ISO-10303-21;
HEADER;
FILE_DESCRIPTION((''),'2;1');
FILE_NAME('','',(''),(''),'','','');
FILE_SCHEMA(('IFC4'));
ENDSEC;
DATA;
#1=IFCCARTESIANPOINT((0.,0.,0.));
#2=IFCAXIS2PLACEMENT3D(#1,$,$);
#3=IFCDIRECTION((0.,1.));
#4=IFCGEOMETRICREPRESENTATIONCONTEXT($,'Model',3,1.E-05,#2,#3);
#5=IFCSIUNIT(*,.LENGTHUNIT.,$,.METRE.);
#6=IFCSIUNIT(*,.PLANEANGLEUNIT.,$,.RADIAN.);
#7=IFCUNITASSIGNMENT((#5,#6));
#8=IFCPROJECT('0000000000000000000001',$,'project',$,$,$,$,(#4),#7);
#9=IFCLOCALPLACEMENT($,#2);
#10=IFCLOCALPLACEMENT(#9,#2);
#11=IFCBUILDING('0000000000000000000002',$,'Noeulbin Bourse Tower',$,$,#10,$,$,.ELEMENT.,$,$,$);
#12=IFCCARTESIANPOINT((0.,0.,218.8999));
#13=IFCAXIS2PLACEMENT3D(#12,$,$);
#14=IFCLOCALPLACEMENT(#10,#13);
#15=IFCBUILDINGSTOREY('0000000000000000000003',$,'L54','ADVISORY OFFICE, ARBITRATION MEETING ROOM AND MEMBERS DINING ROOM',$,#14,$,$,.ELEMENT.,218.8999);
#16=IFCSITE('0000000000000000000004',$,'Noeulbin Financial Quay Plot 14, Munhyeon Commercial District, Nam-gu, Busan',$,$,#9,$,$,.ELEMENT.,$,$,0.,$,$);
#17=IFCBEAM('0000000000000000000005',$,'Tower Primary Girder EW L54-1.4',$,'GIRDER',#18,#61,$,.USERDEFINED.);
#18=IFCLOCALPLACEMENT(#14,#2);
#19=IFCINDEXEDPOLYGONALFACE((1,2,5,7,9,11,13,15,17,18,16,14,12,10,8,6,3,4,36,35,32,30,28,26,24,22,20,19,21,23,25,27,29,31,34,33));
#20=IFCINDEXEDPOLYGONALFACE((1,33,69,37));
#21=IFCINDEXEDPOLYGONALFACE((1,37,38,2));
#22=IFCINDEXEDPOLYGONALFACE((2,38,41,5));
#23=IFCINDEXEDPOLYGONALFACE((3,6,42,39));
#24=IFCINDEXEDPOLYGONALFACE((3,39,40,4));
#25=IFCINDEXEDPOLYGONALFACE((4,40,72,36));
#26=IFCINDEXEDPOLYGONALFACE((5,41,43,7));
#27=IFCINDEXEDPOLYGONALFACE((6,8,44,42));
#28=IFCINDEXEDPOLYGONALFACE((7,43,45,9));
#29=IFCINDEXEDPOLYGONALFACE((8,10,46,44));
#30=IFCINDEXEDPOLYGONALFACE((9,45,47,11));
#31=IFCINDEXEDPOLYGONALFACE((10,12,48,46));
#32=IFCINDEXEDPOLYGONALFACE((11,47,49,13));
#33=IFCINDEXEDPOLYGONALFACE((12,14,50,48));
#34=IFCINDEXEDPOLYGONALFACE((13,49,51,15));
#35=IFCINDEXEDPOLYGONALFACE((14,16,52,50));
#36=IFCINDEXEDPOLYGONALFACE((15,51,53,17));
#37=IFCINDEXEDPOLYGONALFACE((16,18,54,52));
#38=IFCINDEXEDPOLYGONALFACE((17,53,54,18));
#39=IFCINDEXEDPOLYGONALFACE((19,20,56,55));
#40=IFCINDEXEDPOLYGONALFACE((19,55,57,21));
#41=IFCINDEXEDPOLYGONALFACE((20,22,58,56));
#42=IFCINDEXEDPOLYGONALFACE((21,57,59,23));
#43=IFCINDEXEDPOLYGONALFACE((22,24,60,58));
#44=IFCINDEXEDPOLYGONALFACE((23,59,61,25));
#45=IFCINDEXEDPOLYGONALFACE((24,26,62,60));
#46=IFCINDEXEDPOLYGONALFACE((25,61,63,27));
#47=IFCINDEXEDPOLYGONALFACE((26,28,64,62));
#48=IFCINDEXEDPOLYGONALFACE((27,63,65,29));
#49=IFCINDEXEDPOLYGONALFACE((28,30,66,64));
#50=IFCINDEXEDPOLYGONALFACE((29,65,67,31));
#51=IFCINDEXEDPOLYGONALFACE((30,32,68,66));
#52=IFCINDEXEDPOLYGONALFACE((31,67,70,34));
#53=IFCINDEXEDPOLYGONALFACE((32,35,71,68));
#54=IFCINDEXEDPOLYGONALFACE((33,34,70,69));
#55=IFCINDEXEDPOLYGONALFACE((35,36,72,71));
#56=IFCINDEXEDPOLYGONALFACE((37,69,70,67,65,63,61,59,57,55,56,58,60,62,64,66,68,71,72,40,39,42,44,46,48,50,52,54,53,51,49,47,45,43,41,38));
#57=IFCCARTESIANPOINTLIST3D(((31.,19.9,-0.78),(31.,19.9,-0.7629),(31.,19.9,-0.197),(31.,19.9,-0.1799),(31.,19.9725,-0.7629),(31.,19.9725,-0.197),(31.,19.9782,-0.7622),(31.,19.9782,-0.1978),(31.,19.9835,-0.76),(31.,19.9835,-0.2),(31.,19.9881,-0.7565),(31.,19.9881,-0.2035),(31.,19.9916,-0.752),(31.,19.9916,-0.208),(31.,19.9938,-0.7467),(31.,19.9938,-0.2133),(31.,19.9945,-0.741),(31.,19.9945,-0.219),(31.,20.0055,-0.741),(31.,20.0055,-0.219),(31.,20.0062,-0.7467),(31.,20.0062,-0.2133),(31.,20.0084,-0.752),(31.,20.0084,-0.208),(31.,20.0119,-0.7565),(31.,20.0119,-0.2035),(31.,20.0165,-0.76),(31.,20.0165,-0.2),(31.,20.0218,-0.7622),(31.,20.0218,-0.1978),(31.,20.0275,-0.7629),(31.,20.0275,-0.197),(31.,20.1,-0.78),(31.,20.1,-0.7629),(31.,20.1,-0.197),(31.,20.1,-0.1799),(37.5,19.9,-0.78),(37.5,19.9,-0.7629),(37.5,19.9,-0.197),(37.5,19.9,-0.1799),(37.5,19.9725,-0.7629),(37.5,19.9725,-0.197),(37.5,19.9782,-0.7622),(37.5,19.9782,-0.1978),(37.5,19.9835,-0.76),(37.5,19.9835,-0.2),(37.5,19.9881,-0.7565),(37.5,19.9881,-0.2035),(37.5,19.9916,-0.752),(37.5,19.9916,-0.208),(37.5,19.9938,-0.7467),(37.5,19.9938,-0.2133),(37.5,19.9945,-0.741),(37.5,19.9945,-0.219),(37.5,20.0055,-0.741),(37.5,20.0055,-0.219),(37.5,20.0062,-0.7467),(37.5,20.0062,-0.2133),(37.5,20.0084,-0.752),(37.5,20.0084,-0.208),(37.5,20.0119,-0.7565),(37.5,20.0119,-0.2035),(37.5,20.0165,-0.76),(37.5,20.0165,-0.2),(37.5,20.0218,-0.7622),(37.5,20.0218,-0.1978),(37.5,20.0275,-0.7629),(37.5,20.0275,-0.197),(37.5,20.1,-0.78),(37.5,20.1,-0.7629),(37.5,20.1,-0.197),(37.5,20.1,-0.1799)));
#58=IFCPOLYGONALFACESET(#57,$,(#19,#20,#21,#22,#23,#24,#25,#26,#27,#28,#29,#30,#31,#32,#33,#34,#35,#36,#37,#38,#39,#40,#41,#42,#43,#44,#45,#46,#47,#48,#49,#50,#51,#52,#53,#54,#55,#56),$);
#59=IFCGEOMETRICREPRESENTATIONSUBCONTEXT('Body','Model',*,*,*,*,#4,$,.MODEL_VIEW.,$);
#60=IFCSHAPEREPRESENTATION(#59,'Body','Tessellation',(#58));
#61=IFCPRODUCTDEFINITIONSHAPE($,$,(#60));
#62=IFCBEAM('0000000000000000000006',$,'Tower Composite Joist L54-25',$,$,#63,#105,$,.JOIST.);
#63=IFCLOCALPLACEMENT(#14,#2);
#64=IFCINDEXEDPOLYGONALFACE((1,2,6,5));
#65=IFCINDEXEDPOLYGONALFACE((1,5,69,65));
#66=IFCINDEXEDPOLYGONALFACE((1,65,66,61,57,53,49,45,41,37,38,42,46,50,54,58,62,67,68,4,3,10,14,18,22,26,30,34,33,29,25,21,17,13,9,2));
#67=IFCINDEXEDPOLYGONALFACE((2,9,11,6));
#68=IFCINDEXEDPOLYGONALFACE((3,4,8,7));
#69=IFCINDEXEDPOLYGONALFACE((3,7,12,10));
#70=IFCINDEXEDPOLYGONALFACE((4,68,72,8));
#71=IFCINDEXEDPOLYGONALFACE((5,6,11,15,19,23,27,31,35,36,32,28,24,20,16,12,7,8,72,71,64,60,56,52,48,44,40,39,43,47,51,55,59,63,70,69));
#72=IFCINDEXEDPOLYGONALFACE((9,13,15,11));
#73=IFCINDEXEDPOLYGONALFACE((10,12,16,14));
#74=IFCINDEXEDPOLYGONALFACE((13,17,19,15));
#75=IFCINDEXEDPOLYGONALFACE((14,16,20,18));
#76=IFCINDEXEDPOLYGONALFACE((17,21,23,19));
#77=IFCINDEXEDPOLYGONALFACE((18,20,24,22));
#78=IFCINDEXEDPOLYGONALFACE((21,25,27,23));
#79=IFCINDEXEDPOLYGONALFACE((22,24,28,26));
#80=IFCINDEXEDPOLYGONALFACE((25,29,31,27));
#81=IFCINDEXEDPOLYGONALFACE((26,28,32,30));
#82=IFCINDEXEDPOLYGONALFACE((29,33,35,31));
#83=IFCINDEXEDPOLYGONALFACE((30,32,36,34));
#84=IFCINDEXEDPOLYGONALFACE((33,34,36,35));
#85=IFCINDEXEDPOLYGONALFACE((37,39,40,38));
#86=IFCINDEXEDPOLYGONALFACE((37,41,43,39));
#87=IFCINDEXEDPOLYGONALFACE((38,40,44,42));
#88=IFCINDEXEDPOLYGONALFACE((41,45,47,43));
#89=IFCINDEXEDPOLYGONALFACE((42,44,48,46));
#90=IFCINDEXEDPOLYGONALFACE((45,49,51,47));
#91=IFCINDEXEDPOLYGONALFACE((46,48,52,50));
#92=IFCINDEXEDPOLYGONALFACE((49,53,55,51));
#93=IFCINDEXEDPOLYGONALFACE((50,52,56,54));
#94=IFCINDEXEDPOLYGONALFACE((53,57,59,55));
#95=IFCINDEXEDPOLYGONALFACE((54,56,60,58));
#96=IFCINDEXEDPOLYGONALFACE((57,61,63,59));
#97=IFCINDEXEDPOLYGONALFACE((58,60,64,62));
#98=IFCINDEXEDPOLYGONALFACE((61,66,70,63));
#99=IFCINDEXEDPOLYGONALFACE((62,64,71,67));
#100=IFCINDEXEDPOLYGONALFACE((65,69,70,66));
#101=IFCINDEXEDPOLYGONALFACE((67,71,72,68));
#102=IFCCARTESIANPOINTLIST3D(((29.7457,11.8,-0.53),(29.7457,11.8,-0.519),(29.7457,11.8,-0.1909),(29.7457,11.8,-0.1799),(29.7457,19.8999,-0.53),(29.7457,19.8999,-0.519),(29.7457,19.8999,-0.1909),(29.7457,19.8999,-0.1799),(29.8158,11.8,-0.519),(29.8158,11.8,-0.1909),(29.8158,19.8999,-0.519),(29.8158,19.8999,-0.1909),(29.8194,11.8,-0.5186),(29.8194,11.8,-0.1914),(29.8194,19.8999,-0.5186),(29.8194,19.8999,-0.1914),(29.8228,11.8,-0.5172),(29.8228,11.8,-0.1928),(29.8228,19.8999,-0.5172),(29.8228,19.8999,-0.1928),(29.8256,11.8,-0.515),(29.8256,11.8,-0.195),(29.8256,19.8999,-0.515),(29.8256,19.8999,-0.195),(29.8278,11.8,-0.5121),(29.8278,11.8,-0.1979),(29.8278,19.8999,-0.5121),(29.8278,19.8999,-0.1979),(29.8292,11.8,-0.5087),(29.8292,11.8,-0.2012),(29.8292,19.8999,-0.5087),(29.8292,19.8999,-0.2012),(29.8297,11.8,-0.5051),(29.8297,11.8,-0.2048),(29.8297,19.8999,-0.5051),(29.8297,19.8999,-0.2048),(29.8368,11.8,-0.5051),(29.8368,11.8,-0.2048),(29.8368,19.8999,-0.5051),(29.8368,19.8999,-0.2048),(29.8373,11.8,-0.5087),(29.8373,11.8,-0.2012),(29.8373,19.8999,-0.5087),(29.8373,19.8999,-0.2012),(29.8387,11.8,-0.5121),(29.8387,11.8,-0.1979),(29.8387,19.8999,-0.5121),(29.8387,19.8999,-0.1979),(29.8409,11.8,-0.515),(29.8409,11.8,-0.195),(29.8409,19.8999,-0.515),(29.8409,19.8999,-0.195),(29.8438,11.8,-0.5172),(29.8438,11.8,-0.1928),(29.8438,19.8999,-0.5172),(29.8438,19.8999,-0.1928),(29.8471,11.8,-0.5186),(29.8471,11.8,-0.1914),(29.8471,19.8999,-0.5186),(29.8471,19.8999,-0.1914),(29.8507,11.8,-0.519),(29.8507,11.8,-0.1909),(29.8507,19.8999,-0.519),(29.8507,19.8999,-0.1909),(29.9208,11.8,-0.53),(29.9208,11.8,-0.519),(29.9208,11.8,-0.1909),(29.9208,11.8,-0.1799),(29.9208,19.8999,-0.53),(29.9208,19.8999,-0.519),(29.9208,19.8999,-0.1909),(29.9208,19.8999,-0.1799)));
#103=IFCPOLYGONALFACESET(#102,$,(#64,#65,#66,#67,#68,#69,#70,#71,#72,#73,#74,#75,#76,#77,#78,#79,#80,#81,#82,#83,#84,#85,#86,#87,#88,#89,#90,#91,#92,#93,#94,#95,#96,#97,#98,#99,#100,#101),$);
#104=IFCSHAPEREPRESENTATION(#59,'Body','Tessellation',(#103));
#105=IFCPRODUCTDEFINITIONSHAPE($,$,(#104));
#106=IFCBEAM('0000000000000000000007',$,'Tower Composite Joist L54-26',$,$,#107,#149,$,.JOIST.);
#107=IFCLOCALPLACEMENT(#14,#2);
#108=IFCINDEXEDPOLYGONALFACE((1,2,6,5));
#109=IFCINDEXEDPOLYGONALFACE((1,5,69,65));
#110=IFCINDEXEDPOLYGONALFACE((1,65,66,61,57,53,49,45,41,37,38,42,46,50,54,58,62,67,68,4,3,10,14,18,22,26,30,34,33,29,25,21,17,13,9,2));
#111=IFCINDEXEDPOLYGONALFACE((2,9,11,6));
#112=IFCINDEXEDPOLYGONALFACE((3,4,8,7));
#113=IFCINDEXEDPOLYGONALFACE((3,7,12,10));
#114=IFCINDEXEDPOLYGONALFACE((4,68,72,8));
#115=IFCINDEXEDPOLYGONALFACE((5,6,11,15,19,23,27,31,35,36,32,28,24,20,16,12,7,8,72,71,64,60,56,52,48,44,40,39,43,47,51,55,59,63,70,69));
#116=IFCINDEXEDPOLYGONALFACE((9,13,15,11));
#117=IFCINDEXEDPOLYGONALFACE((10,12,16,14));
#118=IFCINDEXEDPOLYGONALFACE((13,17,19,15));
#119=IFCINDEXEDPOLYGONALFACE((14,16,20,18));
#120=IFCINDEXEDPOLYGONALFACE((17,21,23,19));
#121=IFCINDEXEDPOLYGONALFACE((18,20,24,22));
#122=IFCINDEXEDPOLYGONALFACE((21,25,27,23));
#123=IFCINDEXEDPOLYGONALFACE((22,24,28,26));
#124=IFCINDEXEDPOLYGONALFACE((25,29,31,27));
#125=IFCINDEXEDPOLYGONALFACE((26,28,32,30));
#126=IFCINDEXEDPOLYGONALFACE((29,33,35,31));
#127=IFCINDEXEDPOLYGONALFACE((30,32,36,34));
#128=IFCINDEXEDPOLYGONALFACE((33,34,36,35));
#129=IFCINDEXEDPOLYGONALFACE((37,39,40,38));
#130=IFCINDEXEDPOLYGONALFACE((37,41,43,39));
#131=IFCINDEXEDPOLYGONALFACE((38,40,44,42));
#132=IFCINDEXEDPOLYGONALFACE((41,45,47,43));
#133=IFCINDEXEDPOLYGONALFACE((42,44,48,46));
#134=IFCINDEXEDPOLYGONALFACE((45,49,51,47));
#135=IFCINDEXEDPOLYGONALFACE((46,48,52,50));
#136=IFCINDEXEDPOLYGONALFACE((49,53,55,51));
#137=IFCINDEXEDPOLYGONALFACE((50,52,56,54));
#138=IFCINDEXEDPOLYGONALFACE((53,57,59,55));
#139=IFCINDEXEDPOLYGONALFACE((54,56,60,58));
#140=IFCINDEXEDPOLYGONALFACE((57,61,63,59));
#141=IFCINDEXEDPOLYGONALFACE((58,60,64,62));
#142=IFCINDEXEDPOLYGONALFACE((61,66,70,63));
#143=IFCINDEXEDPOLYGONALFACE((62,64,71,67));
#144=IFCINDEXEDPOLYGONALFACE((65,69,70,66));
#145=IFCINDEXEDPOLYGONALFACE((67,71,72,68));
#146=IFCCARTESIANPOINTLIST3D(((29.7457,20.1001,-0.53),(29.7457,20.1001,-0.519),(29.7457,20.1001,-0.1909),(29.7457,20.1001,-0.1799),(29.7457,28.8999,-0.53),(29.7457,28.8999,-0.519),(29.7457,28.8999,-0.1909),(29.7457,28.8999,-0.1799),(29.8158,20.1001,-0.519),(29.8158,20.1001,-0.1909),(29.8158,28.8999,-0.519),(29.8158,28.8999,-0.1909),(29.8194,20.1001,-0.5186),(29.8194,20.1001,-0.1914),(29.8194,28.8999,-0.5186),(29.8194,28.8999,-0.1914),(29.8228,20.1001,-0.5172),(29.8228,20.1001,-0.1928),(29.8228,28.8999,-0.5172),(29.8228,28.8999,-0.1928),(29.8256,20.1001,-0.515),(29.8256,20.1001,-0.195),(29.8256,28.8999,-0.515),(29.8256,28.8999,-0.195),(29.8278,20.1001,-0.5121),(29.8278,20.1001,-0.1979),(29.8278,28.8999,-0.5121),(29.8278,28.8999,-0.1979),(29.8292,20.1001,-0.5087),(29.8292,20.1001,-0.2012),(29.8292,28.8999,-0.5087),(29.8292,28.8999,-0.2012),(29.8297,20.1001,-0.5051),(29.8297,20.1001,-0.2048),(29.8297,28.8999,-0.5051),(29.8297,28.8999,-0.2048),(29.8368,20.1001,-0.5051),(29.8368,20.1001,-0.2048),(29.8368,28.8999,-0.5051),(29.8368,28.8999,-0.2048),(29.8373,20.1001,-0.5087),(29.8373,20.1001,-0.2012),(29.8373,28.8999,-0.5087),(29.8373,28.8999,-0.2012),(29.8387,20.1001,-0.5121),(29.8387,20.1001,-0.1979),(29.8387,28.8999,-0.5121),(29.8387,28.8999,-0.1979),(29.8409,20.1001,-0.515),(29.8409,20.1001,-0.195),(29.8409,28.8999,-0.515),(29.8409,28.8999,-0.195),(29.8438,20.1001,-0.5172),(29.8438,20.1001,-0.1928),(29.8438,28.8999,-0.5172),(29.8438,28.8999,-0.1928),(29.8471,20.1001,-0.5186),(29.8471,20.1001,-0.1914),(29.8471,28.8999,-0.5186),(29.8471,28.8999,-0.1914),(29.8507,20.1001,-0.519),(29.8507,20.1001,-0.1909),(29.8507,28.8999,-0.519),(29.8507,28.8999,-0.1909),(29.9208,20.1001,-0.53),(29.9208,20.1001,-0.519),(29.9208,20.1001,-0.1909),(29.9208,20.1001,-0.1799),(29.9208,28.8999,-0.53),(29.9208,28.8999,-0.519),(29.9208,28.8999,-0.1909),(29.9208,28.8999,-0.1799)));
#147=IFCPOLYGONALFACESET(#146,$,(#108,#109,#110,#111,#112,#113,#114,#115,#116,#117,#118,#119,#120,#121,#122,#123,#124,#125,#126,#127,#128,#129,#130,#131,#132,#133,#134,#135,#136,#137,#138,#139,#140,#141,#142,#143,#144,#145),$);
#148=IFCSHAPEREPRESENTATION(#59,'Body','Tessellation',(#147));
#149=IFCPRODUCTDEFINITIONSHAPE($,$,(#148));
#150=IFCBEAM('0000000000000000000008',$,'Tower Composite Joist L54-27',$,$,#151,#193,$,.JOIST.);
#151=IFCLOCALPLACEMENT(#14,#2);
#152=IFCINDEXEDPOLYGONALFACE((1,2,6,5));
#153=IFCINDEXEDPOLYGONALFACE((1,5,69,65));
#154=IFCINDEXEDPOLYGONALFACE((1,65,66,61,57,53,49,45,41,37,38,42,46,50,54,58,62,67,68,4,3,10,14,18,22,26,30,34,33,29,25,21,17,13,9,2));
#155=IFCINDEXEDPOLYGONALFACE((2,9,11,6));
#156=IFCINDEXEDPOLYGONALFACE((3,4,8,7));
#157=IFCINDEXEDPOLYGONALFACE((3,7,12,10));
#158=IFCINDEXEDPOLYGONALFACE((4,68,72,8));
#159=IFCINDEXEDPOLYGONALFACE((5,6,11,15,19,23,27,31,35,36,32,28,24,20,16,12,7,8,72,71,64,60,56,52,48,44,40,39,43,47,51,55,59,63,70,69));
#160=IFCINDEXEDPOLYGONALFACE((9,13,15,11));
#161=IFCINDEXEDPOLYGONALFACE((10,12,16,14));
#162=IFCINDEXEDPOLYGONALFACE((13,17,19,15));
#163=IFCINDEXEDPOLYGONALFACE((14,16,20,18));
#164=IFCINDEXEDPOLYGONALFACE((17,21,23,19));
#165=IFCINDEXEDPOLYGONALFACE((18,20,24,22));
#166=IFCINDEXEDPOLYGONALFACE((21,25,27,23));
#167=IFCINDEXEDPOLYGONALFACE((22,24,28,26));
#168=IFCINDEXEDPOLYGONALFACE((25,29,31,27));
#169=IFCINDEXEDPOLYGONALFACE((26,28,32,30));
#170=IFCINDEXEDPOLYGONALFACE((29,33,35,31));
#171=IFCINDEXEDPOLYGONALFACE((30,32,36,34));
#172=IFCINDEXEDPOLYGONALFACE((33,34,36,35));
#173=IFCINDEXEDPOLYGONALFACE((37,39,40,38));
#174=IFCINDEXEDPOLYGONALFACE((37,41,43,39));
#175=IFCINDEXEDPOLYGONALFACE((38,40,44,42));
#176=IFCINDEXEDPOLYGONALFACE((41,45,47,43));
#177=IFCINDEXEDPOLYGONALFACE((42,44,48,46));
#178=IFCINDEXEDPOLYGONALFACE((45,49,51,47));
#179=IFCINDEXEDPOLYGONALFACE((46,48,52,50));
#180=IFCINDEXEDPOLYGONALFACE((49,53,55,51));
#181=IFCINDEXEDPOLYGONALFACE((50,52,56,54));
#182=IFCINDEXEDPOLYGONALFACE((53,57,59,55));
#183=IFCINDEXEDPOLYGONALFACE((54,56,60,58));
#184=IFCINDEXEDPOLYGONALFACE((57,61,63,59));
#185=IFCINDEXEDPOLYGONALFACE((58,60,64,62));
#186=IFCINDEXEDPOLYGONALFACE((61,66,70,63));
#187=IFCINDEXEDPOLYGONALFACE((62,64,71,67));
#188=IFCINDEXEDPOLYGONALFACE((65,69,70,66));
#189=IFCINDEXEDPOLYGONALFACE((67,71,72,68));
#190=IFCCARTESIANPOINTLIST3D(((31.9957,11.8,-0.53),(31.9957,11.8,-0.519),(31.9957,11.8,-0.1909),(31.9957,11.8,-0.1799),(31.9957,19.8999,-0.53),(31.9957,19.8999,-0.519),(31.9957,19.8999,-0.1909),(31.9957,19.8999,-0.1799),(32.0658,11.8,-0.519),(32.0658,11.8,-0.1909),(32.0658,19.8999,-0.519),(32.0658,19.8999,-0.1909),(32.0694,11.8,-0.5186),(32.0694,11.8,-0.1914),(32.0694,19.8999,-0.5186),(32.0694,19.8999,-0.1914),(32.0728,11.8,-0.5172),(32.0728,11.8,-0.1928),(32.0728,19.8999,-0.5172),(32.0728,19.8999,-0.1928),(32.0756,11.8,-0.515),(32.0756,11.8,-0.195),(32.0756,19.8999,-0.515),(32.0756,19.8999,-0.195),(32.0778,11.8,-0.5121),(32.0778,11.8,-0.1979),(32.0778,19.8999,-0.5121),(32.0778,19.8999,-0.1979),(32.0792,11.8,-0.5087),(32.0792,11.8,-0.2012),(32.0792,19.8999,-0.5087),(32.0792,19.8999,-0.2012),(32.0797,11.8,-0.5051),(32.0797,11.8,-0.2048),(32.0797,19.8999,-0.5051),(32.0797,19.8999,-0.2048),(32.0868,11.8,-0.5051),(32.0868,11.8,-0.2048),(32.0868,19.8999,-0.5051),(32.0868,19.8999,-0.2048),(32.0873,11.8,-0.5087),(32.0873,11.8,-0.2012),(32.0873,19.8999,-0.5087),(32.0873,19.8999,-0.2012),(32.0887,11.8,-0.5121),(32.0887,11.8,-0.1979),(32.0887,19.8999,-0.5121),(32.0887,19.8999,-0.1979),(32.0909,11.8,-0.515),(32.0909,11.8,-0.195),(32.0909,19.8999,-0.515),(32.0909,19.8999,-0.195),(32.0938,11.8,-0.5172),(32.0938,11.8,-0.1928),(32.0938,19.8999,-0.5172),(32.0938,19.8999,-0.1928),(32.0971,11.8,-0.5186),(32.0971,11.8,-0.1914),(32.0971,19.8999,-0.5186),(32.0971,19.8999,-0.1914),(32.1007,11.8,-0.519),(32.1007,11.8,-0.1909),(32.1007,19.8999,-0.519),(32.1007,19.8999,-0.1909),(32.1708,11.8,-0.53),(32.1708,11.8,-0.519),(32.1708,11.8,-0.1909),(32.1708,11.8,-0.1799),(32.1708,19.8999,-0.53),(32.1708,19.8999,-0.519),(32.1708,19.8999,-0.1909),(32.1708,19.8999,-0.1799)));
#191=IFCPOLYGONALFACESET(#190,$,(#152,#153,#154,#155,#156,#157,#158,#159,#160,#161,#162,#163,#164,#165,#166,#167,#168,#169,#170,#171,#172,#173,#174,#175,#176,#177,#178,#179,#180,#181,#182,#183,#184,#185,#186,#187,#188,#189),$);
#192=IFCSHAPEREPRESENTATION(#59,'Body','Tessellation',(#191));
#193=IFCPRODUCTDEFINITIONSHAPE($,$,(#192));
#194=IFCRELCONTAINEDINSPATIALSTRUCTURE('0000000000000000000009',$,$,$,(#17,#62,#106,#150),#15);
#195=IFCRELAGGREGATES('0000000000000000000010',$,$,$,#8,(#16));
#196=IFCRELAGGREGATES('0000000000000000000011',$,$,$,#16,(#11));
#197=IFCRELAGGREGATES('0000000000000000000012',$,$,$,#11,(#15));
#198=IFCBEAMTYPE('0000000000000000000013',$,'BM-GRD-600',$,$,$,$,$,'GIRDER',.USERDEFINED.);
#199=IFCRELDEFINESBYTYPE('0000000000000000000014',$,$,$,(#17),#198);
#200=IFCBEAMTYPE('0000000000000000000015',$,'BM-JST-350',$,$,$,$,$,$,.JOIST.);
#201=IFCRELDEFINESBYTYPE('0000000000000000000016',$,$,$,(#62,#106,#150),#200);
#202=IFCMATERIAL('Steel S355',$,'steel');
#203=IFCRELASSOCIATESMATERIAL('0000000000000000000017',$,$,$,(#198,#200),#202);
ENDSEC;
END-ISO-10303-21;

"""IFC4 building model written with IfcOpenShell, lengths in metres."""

from ifc_helpers import new_model, si_unit, direction, frame, origin, origin_2d, place, context, subcontext, project, spatial, i_section, extrude, material, material_profile, profile_set, type_object, element, save


model = new_model("IFC4")

# Units and contexts
model_context = context("Model", 3, precision=1e-05, world=origin(), true_north=direction((0.0, 1.0)))
body_context = subcontext(model_context, "Body", "Model", "MODEL_VIEW")
ifc_project = project(units=[si_unit("LENGTHUNIT", "METRE"), si_unit("PLANEANGLEUNIT", "RADIAN")], contexts=[model_context])

# Site, building, storey
site_placement = place(None, origin())
site = spatial("IfcSite", under=ifc_project, at=site_placement, Name="Noeulbin Financial Quay Plot 14, Munhyeon Commercial District, Nam-gu, Busan", CompositionType="ELEMENT", RefElevation=0.0)
building_placement = place(site_placement, origin())
building = spatial("IfcBuilding", under=site, at=building_placement, Name="Noeulbin Bourse Tower", CompositionType="ELEMENT")
storey_placement = place(building_placement, frame((0.0, 0.0, 218.8999)))
storey = spatial("IfcBuildingStorey", under=building, at=storey_placement, Name="L54", Description="ADVISORY OFFICE, ARBITRATION MEETING ROOM AND MEMBERS DINING ROOM", CompositionType="ELEMENT", Elevation=218.8999)

# Shared definitions
ifc_material_1 = material(Name="Steel S355", Category="steel")

# Beams
ifc_material_profile_1 = material_profile(ifc_material_1, i_section(OverallWidth=0.2, OverallDepth=0.6001, WebThickness=0.011, FlangeThickness=0.0171, FilletRadius=0.022, at=origin_2d()), Name="H-600x200x11x17", Category="LoadBearing")
ifc_profile_set_1 = profile_set([ifc_material_profile_1], Name="Steel S355")
beam_type_1 = type_object("IfcBeamType", Name="BM-GRD-600", ElementType="GIRDER", PredefinedType="USERDEFINED", material=ifc_profile_set_1)
beam_1_placement = place(storey_placement, frame((31.0, 20.0, -0.48), z_axis=(1.0, 0.0, 0.0), x_axis=(0.0, 1.0, 0.0)))
element("IfcBeam", 1, at=beam_1_placement, inside=storey, type_object=beam_type_1, Name="Tower Primary Girder EW L54-1.4", ObjectType="GIRDER", PredefinedType="USERDEFINED", context=body_context, shape_type="SweptSolid", body=[
    extrude(i_section(OverallWidth=0.2, OverallDepth=0.6001, WebThickness=0.011, FlangeThickness=0.0171, FilletRadius=0.022, at=origin_2d()), origin(), (0.0, 0.0, 1.0), 6.5),
])
ifc_material_profile_2 = material_profile(ifc_material_1, i_section(OverallWidth=0.175, OverallDepth=0.3501, WebThickness=0.0071, FlangeThickness=0.011, FilletRadius=0.0139, at=origin_2d()), Name="H-350x175x7x11", Category="LoadBearing")
ifc_profile_set_2 = profile_set([ifc_material_profile_2], Name="Steel S355")
beam_type_2 = type_object("IfcBeamType", Name="BM-JST-350", PredefinedType="JOIST", material=ifc_profile_set_2)
beam_2_placement = place(storey_placement, frame((29.8333, 11.8, -0.355), z_axis=(0.0, 1.0, 0.0), x_axis=(-1.0, 0.0, 0.0)))
element("IfcBeam", 2, at=beam_2_placement, inside=storey, type_object=beam_type_2, Name="Tower Composite Joist L54-25", PredefinedType="JOIST", context=body_context, shape_type="SweptSolid", body=[
    extrude(i_section(OverallWidth=0.175, OverallDepth=0.3501, WebThickness=0.0071, FlangeThickness=0.011, FilletRadius=0.0139, at=origin_2d()), origin(), (0.0, 0.0, 1.0), 8.0999),
])
beam_3_placement = place(storey_placement, frame((29.8333, 20.1001, -0.355), z_axis=(0.0, 1.0, 0.0), x_axis=(-1.0, 0.0, 0.0)))
element("IfcBeam", 3, at=beam_3_placement, inside=storey, type_object=beam_type_2, Name="Tower Composite Joist L54-26", PredefinedType="JOIST", context=body_context, shape_type="SweptSolid", body=[
    extrude(i_section(OverallWidth=0.175, OverallDepth=0.3501, WebThickness=0.0071, FlangeThickness=0.011, FilletRadius=0.0139, at=origin_2d()), origin(), (0.0, 0.0, 1.0), 8.7998),
])
beam_4_placement = place(storey_placement, frame((32.0833, 11.8, -0.355), z_axis=(0.0, 1.0, 0.0), x_axis=(-1.0, 0.0, 0.0)))
element("IfcBeam", 4, at=beam_4_placement, inside=storey, type_object=beam_type_2, Name="Tower Composite Joist L54-27", PredefinedType="JOIST", context=body_context, shape_type="SweptSolid", body=[
    extrude(i_section(OverallWidth=0.175, OverallDepth=0.3501, WebThickness=0.0071, FlangeThickness=0.011, FilletRadius=0.0139, at=origin_2d()), origin(), (0.0, 0.0, 1.0), 8.0999),
])

save(model, "model.ifc")
